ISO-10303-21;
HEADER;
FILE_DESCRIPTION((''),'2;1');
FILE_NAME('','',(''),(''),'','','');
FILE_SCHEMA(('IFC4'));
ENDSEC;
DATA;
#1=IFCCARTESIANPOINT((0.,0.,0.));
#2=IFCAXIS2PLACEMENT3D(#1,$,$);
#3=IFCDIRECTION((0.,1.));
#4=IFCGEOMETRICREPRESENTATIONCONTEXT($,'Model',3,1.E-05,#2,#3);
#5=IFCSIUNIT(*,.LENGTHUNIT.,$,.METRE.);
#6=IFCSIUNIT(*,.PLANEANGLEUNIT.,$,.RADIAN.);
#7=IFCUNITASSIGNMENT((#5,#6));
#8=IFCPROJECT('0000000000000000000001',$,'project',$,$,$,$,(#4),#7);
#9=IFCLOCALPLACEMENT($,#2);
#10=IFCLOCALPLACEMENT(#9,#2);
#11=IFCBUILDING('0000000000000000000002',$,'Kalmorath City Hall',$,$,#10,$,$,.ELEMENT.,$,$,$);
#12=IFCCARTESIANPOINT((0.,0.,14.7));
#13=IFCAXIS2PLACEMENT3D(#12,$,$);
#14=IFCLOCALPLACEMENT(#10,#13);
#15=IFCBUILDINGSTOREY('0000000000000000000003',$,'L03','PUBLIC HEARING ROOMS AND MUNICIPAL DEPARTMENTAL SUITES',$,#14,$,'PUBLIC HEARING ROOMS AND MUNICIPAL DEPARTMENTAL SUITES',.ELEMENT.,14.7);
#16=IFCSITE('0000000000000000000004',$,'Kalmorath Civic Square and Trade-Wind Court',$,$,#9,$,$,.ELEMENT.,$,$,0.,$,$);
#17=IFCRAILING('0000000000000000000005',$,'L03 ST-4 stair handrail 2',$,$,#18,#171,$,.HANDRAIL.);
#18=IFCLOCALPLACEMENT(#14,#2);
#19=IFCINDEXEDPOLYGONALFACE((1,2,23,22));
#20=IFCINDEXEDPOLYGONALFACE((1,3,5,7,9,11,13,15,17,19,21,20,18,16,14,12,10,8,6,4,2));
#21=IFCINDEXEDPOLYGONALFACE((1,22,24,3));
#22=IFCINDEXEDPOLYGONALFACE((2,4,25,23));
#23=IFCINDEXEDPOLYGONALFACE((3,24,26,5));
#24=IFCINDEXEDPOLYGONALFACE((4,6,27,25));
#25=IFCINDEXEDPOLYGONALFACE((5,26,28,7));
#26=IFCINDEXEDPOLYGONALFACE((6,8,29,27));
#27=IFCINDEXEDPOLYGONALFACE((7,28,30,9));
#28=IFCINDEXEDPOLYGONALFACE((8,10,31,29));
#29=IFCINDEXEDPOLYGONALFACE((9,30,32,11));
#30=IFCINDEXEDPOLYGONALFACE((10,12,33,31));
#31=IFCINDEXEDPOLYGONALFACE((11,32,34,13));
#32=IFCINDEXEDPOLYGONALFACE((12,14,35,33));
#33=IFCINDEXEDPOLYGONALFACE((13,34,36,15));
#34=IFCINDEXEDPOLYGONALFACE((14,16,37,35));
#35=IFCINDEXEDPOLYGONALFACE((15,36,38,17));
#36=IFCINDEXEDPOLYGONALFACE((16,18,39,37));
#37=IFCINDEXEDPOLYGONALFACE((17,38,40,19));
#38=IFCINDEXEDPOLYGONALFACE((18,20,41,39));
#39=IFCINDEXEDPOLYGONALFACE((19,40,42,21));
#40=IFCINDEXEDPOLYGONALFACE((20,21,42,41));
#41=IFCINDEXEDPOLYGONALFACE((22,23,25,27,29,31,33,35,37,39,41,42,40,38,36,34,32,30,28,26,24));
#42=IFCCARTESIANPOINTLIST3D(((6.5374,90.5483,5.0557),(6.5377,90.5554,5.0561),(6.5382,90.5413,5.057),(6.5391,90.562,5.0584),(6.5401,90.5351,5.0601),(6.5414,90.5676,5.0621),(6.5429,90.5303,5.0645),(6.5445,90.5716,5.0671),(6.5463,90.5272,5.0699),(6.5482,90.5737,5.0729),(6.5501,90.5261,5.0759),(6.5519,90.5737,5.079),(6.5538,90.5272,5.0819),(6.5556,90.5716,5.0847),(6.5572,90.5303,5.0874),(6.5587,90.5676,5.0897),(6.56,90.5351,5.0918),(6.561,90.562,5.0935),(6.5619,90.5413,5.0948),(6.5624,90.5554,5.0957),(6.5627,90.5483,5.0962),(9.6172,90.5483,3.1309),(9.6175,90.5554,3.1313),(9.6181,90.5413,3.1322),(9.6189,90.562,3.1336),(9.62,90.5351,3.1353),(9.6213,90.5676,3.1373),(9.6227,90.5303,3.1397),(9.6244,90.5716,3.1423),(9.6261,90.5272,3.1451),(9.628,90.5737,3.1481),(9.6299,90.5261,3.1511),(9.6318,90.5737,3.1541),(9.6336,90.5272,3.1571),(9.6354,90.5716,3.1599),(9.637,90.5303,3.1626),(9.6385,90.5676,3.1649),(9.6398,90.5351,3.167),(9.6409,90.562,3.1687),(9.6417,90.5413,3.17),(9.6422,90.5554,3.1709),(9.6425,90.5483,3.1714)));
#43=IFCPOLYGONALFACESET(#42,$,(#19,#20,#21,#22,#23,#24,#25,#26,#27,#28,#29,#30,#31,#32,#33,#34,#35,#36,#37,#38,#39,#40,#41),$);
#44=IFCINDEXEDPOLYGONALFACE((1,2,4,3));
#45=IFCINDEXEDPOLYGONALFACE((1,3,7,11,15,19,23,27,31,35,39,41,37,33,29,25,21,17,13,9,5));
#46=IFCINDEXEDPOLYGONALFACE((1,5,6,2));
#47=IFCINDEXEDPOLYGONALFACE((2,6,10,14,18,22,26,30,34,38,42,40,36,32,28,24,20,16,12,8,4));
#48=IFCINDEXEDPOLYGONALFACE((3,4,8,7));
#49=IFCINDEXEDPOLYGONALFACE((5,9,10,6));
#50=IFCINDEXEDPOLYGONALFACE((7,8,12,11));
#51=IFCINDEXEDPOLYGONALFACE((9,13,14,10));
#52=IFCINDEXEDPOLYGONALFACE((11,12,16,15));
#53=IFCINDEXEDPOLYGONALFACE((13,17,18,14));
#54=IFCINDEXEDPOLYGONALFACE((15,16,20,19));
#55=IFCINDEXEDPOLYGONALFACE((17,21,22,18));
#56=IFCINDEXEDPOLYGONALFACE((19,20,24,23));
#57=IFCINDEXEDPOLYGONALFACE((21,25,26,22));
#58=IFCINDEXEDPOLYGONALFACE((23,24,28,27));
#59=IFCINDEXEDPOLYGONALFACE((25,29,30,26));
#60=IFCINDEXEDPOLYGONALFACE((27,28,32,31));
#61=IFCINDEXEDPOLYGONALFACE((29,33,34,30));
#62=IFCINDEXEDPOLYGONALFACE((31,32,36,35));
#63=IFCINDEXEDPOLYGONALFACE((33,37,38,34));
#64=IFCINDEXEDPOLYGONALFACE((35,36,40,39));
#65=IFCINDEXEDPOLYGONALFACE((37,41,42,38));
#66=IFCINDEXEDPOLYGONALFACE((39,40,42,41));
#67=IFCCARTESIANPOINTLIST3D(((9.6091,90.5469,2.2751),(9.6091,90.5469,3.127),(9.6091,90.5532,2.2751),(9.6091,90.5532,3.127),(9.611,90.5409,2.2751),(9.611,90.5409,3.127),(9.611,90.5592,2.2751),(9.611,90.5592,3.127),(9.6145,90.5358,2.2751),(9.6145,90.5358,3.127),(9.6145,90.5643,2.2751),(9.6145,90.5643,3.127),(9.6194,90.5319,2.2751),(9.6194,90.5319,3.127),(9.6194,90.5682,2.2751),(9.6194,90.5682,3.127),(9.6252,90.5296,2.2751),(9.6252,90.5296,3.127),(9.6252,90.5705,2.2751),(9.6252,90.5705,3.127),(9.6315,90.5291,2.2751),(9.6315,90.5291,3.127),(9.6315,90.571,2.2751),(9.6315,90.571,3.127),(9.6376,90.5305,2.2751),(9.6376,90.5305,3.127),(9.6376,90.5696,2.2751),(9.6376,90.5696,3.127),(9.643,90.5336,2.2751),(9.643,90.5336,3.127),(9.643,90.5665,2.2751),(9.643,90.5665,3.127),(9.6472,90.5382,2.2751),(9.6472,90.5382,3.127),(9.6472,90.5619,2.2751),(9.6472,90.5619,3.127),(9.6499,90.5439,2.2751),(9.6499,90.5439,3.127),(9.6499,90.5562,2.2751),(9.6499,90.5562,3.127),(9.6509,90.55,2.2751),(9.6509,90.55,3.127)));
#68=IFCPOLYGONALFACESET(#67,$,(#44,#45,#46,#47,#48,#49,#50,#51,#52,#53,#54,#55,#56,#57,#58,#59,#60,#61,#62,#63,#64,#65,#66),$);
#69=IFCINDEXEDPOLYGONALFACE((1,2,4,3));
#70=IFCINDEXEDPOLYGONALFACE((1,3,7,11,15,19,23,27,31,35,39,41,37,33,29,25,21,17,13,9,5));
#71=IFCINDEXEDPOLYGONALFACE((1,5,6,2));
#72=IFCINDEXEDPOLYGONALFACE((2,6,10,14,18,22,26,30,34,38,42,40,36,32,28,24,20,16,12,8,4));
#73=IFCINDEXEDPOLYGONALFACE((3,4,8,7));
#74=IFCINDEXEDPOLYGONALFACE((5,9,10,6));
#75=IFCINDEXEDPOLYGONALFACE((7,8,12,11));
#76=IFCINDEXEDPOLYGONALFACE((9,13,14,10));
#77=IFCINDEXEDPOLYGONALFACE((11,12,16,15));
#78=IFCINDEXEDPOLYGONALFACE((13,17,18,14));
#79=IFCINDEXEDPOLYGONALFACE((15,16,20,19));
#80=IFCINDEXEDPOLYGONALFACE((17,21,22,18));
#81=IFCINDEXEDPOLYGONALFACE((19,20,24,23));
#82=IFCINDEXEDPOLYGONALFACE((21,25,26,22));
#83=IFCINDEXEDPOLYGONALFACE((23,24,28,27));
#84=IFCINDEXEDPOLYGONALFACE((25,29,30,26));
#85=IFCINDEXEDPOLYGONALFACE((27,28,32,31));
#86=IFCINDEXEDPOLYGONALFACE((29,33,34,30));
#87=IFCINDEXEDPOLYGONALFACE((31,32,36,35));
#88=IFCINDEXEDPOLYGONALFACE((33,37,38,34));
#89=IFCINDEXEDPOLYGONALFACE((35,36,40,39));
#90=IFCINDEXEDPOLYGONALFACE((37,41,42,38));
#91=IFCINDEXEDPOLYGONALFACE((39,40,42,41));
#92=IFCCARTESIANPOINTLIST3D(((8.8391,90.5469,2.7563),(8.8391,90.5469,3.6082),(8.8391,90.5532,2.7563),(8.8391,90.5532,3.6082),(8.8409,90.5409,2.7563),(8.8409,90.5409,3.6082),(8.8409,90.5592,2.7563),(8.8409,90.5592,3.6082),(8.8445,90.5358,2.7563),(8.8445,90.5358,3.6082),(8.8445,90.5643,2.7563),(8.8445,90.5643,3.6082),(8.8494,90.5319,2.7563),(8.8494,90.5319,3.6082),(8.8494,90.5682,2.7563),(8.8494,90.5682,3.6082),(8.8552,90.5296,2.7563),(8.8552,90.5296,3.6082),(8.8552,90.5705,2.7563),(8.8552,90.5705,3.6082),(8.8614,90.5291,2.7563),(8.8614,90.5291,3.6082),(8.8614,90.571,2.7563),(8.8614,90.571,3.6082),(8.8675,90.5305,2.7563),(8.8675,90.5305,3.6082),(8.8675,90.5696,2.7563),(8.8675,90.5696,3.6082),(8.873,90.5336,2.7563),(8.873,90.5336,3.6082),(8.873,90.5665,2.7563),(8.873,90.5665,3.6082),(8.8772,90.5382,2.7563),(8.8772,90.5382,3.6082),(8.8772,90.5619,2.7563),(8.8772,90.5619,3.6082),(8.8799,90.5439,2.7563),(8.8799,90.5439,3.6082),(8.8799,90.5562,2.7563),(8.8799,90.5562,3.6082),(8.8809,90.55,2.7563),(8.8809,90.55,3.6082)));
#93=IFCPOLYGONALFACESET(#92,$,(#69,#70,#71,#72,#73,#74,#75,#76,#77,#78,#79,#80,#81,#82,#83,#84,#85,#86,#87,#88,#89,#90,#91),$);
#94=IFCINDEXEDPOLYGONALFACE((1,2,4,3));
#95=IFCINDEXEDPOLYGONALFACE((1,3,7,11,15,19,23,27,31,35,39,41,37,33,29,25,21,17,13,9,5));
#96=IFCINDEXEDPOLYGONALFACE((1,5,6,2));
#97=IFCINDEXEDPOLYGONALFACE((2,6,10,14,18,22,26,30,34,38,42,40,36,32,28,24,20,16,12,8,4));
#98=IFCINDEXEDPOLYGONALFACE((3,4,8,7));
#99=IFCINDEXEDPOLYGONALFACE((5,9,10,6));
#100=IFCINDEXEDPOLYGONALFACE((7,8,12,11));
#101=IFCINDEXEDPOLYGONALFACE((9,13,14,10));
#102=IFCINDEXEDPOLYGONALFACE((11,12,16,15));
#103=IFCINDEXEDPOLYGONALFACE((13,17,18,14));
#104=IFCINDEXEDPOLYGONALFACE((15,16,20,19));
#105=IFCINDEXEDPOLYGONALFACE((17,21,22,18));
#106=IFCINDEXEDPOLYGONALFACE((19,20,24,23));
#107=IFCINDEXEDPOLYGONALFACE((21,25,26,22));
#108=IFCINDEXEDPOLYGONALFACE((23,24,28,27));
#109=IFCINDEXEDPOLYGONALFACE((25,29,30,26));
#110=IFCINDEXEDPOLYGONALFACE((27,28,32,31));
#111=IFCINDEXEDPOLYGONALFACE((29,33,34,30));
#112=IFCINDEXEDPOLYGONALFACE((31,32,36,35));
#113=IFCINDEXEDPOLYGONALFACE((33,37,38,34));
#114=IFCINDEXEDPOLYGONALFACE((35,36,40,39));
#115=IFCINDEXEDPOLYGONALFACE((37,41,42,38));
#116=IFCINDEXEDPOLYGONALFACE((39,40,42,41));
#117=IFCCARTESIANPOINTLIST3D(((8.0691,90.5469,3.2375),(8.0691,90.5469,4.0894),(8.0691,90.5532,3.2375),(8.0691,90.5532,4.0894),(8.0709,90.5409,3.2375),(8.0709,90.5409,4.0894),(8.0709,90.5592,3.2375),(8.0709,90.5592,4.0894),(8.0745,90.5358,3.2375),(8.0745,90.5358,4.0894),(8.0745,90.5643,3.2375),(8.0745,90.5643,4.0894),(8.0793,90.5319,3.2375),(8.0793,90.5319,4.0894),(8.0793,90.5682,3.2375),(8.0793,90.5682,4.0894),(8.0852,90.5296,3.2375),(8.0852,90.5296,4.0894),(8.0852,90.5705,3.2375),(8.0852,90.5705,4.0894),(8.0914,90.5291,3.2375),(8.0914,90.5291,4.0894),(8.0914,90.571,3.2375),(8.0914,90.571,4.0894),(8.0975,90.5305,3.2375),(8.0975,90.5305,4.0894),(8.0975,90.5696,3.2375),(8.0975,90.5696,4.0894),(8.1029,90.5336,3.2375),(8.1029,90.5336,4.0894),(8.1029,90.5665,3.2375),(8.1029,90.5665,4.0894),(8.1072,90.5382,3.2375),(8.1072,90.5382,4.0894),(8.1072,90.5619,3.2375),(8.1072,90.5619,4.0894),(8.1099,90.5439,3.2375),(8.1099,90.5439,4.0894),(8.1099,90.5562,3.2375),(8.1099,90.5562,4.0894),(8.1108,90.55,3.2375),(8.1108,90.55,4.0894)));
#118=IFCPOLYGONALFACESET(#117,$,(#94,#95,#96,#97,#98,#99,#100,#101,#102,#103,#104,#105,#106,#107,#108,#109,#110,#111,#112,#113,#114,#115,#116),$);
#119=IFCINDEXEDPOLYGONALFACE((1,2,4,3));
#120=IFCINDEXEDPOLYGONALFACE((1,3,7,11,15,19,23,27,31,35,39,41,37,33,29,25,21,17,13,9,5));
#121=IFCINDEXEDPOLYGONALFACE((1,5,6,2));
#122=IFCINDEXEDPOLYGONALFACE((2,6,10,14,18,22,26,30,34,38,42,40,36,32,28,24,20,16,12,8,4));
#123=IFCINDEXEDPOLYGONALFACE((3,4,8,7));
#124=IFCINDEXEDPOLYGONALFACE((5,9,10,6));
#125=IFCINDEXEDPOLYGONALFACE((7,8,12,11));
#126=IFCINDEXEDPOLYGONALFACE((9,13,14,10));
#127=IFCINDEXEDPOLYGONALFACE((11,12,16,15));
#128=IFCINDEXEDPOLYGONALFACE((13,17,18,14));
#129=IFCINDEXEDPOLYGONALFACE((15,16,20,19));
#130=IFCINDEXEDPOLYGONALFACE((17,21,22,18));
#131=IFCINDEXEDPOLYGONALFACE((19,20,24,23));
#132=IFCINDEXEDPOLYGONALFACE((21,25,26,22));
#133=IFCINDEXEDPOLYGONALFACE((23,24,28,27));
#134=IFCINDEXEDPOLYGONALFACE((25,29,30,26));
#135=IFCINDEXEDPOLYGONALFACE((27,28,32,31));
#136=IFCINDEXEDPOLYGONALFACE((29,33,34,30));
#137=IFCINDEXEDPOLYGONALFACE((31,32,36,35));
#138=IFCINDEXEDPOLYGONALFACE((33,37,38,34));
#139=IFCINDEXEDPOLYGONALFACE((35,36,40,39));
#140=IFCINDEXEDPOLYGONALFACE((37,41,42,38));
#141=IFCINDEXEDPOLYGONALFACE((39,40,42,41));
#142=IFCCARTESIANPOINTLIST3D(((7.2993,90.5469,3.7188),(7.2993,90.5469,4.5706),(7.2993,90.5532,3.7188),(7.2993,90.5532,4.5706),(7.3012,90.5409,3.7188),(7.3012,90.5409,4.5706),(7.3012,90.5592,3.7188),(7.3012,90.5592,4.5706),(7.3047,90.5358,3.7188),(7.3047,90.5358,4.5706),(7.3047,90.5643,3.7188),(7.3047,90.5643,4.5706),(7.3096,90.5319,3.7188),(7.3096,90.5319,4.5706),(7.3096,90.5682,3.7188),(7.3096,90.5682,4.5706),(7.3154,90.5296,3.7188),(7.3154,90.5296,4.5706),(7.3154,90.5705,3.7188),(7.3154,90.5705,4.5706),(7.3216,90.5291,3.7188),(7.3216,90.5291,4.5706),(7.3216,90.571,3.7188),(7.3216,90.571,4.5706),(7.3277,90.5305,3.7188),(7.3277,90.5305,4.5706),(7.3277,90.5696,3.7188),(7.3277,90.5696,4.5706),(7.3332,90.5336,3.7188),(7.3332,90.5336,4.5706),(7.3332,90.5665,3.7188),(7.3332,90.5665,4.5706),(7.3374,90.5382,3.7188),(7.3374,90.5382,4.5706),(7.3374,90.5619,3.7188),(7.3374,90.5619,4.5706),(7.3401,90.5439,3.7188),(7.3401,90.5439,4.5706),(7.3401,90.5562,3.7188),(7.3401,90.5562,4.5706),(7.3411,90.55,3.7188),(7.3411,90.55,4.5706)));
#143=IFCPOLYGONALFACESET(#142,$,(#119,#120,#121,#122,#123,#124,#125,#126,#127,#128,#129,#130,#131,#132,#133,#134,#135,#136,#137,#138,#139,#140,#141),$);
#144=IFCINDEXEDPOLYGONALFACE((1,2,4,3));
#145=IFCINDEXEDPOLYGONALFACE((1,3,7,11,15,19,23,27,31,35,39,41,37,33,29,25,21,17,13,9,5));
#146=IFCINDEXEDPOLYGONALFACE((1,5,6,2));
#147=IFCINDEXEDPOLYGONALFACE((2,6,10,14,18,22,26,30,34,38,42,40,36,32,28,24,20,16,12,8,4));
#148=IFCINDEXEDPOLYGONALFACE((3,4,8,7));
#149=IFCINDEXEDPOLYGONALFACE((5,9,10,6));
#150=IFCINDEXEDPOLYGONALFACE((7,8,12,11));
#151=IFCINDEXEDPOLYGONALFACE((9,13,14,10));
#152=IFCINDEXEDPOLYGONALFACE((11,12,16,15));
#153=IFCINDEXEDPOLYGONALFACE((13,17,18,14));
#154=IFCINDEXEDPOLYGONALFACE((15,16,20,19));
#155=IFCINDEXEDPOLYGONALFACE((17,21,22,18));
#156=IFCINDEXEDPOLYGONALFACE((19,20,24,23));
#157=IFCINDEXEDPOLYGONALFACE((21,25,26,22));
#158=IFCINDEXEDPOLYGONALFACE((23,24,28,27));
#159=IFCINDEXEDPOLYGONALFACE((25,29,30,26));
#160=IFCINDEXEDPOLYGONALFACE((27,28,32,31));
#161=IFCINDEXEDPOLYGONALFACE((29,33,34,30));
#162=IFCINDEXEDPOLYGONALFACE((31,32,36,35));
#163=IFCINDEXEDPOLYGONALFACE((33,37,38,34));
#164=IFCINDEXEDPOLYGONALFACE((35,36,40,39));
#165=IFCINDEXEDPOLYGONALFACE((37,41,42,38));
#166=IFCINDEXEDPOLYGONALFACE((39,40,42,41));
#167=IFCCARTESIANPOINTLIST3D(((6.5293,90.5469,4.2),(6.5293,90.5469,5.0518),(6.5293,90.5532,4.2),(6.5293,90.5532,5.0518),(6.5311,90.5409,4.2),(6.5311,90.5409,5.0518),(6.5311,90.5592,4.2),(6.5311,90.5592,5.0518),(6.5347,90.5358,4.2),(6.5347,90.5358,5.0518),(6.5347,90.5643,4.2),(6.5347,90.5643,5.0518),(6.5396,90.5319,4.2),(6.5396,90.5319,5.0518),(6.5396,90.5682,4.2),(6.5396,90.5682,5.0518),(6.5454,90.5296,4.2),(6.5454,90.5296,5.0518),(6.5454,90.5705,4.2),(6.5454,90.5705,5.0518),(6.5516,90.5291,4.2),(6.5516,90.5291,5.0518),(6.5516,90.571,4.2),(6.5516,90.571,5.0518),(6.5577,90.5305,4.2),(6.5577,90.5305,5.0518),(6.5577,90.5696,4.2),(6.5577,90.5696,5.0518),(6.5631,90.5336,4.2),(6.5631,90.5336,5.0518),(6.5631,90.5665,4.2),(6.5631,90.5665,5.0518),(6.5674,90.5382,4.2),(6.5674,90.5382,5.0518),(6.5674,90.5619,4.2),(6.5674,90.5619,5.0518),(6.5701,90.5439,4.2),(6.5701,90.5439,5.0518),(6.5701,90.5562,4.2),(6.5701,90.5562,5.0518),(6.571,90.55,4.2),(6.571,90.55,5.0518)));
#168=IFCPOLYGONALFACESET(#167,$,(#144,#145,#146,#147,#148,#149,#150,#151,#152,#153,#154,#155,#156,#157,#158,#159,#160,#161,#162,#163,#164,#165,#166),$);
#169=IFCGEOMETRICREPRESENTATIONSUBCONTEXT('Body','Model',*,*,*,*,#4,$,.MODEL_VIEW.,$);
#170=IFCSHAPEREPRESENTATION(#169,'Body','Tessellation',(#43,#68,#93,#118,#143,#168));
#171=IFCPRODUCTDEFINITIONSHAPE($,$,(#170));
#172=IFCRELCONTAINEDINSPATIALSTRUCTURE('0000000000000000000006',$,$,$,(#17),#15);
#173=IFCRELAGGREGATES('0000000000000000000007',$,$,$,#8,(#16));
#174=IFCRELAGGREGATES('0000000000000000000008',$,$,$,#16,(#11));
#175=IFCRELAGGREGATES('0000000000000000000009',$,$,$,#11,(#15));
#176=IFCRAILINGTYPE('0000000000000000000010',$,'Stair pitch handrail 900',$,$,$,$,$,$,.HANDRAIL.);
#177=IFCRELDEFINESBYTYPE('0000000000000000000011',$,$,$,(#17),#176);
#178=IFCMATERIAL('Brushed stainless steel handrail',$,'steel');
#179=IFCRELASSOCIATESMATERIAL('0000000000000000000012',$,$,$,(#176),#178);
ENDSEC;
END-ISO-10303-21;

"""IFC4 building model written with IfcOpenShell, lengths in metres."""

from ifc_helpers import new_model, si_unit, direction, frame, origin, origin_2d, place, context, subcontext, project, spatial, circle, extrude, material, type_object, element, save


model = new_model("IFC4")

# Units and contexts
model_context = context("Model", 3, precision=1e-05, world=origin(), true_north=direction((0.0, 1.0)))
body_context = subcontext(model_context, "Body", "Model", "MODEL_VIEW")
ifc_project = project(units=[si_unit("LENGTHUNIT", "METRE"), si_unit("PLANEANGLEUNIT", "RADIAN")], contexts=[model_context])

# Site, building, storey
site_placement = place(None, origin())
site = spatial("IfcSite", under=ifc_project, at=site_placement, Name="Kalmorath Civic Square and Trade-Wind Court", CompositionType="ELEMENT", RefElevation=0.0)
building_placement = place(site_placement, origin())
building = spatial("IfcBuilding", under=site, at=building_placement, Name="Kalmorath City Hall", CompositionType="ELEMENT")
storey_placement = place(building_placement, frame((0.0, 0.0, 14.7)))
storey = spatial("IfcBuildingStorey", under=building, at=storey_placement, Name="L03", Description="PUBLIC HEARING ROOMS AND MUNICIPAL DEPARTMENTAL SUITES", LongName="PUBLIC HEARING ROOMS AND MUNICIPAL DEPARTMENTAL SUITES", CompositionType="ELEMENT", Elevation=14.7)

# Railing
ifc_material_1 = material(Name="Brushed stainless steel handrail", Category="steel")
railing_type_1 = type_object("IfcRailingType", Name="Stair pitch handrail 900", PredefinedType="HANDRAIL", material=ifc_material_1)
railing_1_placement = place(storey_placement, frame((9.6299, 90.55, 2.2751)))
element("IfcRailing", 1, at=railing_1_placement, inside=storey, type_object=railing_type_1, Name="L03 ST-4 stair handrail 2", PredefinedType="HANDRAIL", context=body_context, shape_type="SweptSolid", body=[
    extrude(circle(Radius=0.0239, at=origin_2d()), frame((0.0, 0.0, 0.876), z_axis=(-0.84801, 0.0, 0.529981), x_axis=(0.0, -1.0, 0.0)), (0.0, 0.0, 1.0), 3.6318),
    extrude(circle(Radius=0.021, at=origin_2d()), origin(), (0.0, 0.0, 1.0), 0.8518),
    extrude(circle(Radius=0.021, at=origin_2d()), frame((-0.77, 0.0, 0.4812)), (0.0, 0.0, 1.0), 0.8518),
    extrude(circle(Radius=0.021, at=origin_2d()), frame((-1.54, 0.0, 0.9624)), (0.0, 0.0, 1.0), 0.8518),
    extrude(circle(Radius=0.021, at=origin_2d()), frame((-2.3098, 0.0, 1.4436)), (0.0, 0.0, 1.0), 0.8518),
    extrude(circle(Radius=0.021, at=origin_2d()), frame((-3.0798, 0.0, 1.9248)), (0.0, 0.0, 1.0), 0.8518),
])

save(model, "model.ifc")
